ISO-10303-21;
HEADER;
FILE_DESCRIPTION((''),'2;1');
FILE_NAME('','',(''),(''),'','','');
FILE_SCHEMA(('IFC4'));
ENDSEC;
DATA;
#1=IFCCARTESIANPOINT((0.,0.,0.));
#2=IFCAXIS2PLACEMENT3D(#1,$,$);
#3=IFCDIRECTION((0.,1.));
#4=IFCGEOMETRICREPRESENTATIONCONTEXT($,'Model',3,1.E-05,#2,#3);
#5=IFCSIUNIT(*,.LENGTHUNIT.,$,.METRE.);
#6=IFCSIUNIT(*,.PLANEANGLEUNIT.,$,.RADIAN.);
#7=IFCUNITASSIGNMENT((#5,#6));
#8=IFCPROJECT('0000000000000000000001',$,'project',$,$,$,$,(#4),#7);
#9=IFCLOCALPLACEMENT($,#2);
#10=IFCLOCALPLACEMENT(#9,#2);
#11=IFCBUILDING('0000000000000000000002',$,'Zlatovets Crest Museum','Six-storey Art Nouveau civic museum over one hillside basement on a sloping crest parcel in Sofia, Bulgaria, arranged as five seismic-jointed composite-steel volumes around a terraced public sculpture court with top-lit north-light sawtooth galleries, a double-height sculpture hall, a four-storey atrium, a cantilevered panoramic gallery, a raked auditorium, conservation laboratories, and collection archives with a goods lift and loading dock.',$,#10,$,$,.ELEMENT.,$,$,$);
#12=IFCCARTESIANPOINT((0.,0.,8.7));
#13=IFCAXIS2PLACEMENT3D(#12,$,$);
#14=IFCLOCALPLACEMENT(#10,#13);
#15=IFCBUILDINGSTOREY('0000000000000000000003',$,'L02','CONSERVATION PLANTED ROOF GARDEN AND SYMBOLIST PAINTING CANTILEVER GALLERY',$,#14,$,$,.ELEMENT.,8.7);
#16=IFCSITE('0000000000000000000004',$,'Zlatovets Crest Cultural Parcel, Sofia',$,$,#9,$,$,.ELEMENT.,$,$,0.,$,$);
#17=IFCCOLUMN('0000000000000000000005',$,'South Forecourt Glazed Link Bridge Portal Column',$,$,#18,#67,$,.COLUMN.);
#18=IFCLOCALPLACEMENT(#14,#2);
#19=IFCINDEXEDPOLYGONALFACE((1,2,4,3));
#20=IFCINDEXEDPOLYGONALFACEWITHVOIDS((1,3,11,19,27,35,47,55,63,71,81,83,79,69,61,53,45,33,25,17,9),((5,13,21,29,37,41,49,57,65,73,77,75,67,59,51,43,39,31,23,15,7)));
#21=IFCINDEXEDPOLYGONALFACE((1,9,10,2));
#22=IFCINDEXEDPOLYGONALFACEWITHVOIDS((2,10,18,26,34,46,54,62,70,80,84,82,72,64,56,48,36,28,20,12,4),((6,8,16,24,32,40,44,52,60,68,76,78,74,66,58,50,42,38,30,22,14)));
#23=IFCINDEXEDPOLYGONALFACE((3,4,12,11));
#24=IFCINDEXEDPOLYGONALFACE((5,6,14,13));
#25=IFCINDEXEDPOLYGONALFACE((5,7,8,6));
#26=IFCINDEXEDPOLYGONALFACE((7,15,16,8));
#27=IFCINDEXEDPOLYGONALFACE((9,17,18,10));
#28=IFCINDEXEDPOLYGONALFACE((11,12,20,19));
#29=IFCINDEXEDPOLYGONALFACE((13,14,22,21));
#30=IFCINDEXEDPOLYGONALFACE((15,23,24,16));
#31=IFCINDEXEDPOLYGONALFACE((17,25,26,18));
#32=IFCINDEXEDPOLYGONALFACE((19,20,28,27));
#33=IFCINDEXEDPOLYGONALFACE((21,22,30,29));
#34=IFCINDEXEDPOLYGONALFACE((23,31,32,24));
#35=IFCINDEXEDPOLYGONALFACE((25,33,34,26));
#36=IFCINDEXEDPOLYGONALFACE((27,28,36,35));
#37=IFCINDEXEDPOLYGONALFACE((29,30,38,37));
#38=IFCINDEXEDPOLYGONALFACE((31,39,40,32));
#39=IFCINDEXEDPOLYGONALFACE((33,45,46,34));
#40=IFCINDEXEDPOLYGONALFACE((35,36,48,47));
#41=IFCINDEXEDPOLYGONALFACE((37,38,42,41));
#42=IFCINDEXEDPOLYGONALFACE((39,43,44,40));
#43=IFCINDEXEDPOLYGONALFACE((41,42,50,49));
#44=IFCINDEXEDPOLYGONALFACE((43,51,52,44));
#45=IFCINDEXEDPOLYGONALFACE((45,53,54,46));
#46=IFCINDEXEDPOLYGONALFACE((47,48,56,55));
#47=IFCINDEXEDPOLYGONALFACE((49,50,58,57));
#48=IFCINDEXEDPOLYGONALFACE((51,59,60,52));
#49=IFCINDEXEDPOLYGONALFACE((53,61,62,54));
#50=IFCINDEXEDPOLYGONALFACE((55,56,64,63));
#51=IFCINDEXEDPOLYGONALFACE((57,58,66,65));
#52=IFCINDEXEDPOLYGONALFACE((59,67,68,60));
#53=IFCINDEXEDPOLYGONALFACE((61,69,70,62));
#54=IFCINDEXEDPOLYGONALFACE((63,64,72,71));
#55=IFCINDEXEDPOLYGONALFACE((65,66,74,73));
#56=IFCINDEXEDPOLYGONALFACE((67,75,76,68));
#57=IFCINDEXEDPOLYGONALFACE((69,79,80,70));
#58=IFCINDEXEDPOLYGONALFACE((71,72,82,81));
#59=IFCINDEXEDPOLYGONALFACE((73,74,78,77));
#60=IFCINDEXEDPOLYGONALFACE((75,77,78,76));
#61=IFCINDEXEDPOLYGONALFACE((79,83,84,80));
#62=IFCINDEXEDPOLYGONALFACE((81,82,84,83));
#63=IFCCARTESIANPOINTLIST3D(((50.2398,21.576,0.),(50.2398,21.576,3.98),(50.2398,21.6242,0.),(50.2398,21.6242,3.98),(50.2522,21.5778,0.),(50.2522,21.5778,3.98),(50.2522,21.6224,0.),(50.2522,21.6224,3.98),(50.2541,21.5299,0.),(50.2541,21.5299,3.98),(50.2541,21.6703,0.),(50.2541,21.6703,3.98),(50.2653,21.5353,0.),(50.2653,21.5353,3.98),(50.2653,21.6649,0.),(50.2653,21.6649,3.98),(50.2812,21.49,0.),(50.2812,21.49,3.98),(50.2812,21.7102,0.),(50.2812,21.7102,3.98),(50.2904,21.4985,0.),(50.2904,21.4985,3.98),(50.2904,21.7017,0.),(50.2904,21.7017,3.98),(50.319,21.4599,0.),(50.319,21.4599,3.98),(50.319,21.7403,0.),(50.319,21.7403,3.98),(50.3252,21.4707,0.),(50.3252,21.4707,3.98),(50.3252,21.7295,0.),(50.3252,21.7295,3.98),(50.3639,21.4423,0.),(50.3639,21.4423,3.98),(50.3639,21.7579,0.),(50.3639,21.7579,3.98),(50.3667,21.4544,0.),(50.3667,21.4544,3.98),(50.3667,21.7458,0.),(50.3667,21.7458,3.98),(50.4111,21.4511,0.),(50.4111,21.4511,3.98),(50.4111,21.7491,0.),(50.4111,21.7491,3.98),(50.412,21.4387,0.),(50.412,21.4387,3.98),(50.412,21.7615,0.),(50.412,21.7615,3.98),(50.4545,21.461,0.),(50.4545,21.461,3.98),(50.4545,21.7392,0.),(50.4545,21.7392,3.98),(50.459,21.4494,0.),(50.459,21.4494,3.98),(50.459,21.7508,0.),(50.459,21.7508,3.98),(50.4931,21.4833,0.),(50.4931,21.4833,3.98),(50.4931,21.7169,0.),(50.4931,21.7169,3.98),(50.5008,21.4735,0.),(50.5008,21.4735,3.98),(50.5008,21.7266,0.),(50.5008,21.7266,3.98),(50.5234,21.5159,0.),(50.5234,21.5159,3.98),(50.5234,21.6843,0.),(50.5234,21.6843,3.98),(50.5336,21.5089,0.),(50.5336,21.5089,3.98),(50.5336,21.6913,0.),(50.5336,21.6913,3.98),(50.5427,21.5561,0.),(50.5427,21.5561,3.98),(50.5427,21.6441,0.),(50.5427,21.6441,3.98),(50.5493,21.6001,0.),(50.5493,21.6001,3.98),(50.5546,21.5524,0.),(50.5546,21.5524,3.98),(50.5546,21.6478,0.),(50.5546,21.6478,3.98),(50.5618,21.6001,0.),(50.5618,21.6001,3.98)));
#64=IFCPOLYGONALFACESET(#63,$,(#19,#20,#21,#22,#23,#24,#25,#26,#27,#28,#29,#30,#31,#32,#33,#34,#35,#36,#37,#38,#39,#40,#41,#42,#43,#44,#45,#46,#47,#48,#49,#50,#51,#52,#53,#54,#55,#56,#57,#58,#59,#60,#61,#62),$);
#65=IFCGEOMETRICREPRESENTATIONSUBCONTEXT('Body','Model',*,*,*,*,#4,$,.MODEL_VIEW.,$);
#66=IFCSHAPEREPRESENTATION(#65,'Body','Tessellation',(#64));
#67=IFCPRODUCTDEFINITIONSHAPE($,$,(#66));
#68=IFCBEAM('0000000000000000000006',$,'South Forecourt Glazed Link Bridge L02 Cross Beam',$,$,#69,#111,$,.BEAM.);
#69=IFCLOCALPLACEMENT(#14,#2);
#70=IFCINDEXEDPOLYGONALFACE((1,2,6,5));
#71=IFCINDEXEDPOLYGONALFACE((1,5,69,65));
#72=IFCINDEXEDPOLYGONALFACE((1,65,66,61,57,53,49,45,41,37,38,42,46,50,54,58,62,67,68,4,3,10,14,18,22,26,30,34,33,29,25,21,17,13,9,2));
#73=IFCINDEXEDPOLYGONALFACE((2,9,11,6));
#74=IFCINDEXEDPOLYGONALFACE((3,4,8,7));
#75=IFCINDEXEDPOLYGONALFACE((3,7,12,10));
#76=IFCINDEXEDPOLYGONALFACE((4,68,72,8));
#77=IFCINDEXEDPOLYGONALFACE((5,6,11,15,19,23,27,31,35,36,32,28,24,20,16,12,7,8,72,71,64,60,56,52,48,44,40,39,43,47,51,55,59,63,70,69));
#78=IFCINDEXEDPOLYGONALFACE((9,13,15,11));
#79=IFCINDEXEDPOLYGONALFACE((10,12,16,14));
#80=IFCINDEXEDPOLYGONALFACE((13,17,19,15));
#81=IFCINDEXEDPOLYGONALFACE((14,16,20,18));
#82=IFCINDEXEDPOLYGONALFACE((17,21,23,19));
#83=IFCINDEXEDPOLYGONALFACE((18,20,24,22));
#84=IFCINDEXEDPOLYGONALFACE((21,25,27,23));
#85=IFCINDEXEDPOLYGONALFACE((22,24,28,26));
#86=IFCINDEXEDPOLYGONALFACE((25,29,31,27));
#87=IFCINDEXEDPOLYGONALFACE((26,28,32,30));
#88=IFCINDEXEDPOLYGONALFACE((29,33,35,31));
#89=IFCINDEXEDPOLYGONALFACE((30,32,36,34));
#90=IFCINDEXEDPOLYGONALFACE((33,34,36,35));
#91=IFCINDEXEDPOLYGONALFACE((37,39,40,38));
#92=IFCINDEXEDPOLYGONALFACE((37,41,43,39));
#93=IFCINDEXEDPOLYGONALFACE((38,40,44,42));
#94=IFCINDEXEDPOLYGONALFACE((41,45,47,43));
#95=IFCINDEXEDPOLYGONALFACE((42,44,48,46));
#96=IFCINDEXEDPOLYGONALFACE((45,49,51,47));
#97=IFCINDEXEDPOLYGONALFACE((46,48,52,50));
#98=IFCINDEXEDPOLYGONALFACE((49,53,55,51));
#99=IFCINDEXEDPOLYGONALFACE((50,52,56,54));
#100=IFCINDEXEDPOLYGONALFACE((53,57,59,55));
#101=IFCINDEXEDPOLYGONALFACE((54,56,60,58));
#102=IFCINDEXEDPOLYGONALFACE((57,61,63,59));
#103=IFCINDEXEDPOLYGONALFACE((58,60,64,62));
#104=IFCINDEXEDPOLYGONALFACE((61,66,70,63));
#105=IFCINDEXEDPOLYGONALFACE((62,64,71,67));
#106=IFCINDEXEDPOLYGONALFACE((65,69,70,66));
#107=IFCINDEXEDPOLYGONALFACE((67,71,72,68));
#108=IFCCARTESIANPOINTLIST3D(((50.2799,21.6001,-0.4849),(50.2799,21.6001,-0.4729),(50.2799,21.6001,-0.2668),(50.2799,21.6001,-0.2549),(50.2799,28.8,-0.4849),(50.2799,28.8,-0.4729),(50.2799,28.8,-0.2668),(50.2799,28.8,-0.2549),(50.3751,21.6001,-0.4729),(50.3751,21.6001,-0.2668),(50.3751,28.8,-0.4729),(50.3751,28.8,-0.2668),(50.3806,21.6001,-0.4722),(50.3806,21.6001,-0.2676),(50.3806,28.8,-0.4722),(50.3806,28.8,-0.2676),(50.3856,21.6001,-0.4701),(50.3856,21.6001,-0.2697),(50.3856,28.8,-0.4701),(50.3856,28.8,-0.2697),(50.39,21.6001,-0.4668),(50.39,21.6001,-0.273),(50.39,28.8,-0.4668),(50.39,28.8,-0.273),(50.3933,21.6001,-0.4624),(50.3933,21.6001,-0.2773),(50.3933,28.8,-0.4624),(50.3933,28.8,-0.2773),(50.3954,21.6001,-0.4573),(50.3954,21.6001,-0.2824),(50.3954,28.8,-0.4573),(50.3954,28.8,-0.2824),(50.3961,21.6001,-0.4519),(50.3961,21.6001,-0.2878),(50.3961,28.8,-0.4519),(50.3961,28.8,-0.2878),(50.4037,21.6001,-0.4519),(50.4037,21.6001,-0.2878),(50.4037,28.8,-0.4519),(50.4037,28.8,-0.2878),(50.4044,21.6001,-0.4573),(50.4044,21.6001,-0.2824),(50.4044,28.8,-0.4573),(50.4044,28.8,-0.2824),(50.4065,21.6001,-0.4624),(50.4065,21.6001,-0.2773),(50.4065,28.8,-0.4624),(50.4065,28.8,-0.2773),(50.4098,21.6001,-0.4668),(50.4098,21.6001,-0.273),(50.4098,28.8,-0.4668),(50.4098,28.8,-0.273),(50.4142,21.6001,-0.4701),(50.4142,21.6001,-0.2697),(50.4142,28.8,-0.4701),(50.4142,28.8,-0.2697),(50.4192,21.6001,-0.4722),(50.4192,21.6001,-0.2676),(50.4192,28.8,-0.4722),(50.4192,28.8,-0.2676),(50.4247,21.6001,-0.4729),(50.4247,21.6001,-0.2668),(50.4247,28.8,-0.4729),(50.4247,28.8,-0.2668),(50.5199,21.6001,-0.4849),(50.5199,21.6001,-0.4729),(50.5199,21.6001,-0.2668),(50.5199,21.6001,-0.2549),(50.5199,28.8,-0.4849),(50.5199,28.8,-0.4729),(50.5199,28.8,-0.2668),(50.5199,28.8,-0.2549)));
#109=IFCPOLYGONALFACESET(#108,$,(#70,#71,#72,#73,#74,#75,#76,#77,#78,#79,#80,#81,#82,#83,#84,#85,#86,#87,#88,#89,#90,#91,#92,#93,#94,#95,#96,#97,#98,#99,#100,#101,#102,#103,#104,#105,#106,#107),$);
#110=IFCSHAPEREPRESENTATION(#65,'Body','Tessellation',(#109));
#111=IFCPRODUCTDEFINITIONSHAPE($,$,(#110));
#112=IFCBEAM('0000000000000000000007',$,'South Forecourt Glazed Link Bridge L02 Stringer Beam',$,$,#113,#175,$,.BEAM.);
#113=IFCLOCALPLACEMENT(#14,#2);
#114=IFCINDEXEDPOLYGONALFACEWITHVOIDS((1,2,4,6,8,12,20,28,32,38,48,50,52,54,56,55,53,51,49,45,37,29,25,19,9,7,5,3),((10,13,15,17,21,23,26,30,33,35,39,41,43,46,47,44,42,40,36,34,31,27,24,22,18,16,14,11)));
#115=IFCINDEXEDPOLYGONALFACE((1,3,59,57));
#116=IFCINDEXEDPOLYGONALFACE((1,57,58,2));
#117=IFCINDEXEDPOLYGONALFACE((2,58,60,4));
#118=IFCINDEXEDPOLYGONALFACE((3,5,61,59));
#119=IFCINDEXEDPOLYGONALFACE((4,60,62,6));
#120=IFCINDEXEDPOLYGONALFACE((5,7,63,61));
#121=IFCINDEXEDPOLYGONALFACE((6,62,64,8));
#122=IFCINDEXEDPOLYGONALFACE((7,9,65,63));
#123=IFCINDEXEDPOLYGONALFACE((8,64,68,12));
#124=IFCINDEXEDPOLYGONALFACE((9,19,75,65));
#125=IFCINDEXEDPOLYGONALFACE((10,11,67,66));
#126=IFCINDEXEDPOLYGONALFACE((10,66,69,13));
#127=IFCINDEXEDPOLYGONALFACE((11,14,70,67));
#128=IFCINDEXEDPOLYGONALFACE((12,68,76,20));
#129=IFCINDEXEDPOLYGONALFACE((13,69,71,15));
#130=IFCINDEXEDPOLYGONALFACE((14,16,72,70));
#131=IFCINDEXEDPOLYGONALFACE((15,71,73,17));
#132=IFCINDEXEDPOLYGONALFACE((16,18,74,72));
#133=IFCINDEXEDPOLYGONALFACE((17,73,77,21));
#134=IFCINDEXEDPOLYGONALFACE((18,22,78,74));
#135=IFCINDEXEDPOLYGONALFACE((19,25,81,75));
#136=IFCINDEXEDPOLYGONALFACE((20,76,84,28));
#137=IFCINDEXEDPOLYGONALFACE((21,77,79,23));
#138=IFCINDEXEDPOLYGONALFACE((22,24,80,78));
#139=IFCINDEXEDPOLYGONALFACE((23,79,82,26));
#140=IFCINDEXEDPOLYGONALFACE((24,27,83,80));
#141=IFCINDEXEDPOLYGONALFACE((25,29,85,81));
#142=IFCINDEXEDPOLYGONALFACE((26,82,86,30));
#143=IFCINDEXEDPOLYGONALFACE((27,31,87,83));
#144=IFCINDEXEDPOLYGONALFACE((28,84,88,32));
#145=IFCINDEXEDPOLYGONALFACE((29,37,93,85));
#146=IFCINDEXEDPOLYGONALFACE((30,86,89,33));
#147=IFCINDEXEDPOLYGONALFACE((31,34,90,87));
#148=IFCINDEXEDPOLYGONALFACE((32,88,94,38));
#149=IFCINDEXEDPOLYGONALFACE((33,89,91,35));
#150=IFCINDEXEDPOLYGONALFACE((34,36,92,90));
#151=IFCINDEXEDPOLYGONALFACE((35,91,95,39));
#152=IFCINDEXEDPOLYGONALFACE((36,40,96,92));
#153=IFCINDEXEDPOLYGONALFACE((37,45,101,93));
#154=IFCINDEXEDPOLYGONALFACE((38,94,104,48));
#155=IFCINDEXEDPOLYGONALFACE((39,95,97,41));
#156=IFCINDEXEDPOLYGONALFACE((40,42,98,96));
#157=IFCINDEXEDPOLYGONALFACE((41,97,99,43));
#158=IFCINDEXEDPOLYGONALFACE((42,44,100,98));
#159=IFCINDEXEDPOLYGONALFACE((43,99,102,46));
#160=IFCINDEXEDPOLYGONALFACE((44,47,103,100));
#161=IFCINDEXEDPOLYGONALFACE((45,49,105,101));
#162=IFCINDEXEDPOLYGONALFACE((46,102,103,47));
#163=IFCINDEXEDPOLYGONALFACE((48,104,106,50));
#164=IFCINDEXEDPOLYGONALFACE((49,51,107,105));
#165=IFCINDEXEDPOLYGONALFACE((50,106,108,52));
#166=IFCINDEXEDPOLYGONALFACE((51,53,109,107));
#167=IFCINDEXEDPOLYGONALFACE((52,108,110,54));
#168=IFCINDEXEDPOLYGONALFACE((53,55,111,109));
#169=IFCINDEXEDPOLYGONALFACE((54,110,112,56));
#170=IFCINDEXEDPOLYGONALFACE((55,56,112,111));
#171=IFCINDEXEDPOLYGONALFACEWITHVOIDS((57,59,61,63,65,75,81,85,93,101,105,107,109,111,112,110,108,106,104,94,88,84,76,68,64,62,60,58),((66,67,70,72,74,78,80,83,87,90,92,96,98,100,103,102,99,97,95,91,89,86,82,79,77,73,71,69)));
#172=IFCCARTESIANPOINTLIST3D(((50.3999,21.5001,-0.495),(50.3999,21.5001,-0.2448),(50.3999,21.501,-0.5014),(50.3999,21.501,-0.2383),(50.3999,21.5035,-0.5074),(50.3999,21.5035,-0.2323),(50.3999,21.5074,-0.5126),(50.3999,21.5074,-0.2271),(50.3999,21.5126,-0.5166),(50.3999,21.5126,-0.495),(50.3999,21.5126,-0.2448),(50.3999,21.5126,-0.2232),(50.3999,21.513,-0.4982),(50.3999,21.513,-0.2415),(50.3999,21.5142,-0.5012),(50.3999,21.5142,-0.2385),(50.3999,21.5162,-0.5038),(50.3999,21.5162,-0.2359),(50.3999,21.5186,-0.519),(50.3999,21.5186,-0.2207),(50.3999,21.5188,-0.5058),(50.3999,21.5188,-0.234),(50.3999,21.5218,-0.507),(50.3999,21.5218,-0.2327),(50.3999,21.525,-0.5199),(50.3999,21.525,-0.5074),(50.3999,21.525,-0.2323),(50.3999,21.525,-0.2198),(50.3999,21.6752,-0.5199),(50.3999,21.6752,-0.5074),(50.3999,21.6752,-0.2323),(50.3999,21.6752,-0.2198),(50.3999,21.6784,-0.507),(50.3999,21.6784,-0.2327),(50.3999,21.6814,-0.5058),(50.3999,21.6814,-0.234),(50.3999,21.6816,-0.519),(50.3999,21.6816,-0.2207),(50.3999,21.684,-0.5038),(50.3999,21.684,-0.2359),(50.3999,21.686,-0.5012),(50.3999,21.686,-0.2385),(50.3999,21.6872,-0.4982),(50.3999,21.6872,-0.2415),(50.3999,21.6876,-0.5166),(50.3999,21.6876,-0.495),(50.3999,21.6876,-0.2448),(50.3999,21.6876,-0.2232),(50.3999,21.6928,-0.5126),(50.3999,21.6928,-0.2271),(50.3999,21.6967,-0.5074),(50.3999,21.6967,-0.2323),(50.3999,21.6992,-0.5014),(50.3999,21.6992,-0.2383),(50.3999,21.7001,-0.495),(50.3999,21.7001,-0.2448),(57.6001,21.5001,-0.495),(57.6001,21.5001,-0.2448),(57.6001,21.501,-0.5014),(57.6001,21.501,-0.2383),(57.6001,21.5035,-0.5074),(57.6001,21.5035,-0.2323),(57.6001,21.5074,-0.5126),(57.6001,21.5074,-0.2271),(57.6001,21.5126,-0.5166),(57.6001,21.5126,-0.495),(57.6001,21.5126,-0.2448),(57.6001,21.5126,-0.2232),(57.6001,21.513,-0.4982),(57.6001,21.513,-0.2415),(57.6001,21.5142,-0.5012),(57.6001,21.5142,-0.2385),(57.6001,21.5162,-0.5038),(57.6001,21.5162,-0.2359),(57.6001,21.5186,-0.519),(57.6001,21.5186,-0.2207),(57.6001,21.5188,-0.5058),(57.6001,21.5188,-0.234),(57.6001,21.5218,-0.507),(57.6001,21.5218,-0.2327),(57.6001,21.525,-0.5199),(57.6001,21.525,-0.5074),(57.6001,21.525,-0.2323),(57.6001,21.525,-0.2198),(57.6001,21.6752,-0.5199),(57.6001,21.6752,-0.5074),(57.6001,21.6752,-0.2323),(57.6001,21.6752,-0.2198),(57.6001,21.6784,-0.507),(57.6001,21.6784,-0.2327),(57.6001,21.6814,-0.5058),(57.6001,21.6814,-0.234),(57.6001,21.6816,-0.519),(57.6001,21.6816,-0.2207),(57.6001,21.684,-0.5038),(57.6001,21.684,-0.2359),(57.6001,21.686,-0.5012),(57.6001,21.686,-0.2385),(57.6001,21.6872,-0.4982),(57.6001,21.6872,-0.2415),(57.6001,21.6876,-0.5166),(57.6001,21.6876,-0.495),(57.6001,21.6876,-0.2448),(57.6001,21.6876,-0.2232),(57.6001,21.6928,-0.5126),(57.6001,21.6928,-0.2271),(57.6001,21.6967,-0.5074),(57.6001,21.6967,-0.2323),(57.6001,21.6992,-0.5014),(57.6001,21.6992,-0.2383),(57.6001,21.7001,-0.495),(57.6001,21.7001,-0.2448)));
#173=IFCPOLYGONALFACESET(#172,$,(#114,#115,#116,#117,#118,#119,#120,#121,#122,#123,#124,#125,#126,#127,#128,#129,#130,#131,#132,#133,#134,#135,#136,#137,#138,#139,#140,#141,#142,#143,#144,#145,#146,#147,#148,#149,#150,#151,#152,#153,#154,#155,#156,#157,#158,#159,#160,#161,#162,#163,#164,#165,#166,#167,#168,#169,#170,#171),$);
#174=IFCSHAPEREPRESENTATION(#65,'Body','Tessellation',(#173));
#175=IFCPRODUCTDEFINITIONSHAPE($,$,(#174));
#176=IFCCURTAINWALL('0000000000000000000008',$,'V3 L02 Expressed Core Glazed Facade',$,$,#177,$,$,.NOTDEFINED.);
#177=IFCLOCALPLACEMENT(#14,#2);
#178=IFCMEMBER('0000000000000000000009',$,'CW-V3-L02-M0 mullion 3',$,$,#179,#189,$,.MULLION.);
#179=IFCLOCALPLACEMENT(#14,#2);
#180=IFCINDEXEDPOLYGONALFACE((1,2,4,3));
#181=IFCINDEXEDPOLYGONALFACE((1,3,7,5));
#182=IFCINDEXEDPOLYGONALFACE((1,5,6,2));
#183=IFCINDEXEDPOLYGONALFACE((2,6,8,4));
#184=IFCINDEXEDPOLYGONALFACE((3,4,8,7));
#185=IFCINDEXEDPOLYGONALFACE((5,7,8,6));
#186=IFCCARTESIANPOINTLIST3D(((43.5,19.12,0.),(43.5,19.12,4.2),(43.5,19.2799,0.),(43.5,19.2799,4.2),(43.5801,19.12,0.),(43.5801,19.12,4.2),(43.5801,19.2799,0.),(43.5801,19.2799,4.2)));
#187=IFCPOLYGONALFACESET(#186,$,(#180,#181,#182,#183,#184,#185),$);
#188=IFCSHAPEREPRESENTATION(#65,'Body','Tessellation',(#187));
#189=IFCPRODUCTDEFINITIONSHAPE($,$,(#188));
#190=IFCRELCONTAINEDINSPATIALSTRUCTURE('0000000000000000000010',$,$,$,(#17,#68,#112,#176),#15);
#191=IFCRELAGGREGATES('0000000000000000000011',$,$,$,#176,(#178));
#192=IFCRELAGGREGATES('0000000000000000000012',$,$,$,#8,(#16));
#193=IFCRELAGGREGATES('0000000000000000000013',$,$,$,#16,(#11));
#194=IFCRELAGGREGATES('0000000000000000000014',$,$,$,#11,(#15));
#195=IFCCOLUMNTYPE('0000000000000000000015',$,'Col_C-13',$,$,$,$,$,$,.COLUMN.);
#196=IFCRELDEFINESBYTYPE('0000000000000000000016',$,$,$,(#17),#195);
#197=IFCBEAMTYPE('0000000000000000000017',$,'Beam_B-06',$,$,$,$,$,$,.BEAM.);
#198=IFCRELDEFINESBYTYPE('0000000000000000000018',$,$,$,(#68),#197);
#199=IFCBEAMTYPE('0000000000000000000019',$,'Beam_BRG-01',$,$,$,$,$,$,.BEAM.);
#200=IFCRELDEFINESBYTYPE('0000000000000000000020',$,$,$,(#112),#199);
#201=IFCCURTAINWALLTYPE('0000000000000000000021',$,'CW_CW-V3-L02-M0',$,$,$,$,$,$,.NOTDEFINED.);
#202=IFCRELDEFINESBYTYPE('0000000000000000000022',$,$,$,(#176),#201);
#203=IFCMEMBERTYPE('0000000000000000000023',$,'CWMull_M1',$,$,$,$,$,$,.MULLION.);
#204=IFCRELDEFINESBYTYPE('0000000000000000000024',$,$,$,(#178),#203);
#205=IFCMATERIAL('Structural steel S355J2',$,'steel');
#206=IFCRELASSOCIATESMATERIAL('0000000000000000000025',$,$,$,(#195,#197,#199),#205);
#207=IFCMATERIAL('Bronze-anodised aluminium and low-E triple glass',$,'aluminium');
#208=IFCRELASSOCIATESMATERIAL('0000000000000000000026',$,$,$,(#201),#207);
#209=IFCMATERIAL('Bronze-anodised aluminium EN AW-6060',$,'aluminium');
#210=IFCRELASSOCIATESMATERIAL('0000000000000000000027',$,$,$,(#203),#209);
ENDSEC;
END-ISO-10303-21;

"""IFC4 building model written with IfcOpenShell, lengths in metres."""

from ifc_helpers import new_model, si_unit, direction, frame, origin, origin_2d, place, context, subcontext, project, spatial, rectangle, hollow_rectangle, hollow_circle, i_section, extrude, material, material_profile, profile_set, type_object, element, aggregate, save


model = new_model("IFC4")

# Units and contexts
model_context = context("Model", 3, precision=1e-05, world=origin(), true_north=direction((0.0, 1.0)))
body_context = subcontext(model_context, "Body", "Model", "MODEL_VIEW")
ifc_project = project(units=[si_unit("LENGTHUNIT", "METRE"), si_unit("PLANEANGLEUNIT", "RADIAN")], contexts=[model_context])

# Site, building, storey
site_placement = place(None, origin())
site = spatial("IfcSite", under=ifc_project, at=site_placement, Name="Zlatovets Crest Cultural Parcel, Sofia", CompositionType="ELEMENT", RefElevation=0.0)
building_placement = place(site_placement, origin())
building = spatial("IfcBuilding", under=site, at=building_placement, Name="Zlatovets Crest Museum", Description="Six-storey Art Nouveau civic museum over one hillside basement on a sloping crest parcel in Sofia, Bulgaria, arranged as five seismic-jointed composite-steel volumes around a terraced public sculpture court with top-lit north-light sawtooth galleries, a double-height sculpture hall, a four-storey atrium, a cantilevered panoramic gallery, a raked auditorium, conservation laboratories, and collection archives with a goods lift and loading dock.", CompositionType="ELEMENT")
storey_placement = place(building_placement, frame((0.0, 0.0, 8.7)))
storey = spatial("IfcBuildingStorey", under=building, at=storey_placement, Name="L02", Description="CONSERVATION PLANTED ROOF GARDEN AND SYMBOLIST PAINTING CANTILEVER GALLERY", CompositionType="ELEMENT", Elevation=8.7)

# Column
ifc_material_1 = material(Name="Structural steel S355J2", Category="steel")
ifc_material_profile_1 = material_profile(ifc_material_1, hollow_circle(Radius=0.1619, WallThickness=0.0125, at=origin_2d()), Name="CHS 323.9x12.5")
ifc_profile_set_1 = profile_set([ifc_material_profile_1], Name="Structural steel S355J2")
column_type = type_object("IfcColumnType", Name="Col_C-13", PredefinedType="COLUMN", material=ifc_profile_set_1)
column_placement = place(storey_placement, frame((50.3999, 21.6001, 0.0), z_axis=(0.0, 0.0, 1.0), x_axis=(1.0, 0.0, 0.0)))
element("IfcColumn", 1, at=column_placement, inside=storey, type_object=column_type, Name="South Forecourt Glazed Link Bridge Portal Column", PredefinedType="COLUMN", context=body_context, shape_type="SweptSolid", body=[
    extrude(hollow_circle(Radius=0.1619, WallThickness=0.0125, at=origin_2d()), origin(), (0.0, 0.0, 1.0), 3.98),
])

# Beams
ifc_material_profile_2 = material_profile(ifc_material_1, i_section(OverallWidth=0.24, OverallDepth=0.23, WebThickness=0.0076, FlangeThickness=0.012, FilletRadius=0.021, at=origin_2d()), Name="HEA 240")
ifc_profile_set_2 = profile_set([ifc_material_profile_2], Name="Structural steel S355J2")
beam_type_1 = type_object("IfcBeamType", Name="Beam_B-06", PredefinedType="BEAM", material=ifc_profile_set_2)
beam_1_placement = place(storey_placement, frame((50.3999, 21.6001, -0.3699), z_axis=(0.0, 1.0, 0.0), x_axis=(-1.0, 0.0, 0.0)))
element("IfcBeam", 2, at=beam_1_placement, inside=storey, type_object=beam_type_1, Name="South Forecourt Glazed Link Bridge L02 Cross Beam", PredefinedType="BEAM", context=body_context, shape_type="SweptSolid", body=[
    extrude(i_section(OverallWidth=0.24, OverallDepth=0.23, WebThickness=0.0076, FlangeThickness=0.012, FilletRadius=0.021, at=origin_2d()), origin(), (0.0, 0.0, 1.0), 7.2),
])
ifc_material_profile_3 = material_profile(ifc_material_1, hollow_rectangle(XDim=0.2, YDim=0.3, WallThickness=0.0125, InnerFilletRadius=0.0125, OuterFilletRadius=0.0249, at=origin_2d()), Name="RHS 200x300x12.5")
ifc_profile_set_3 = profile_set([ifc_material_profile_3], Name="Structural steel S355J2")
beam_type_2 = type_object("IfcBeamType", Name="Beam_BRG-01", PredefinedType="BEAM", material=ifc_profile_set_3)
beam_2_placement = place(storey_placement, frame((50.3999, 21.6001, -0.3699), z_axis=(1.0, 0.0, 0.0), x_axis=(0.0, 1.0, 0.0)))
element("IfcBeam", 3, at=beam_2_placement, inside=storey, type_object=beam_type_2, Name="South Forecourt Glazed Link Bridge L02 Stringer Beam", PredefinedType="BEAM", context=body_context, shape_type="SweptSolid", body=[
    extrude(hollow_rectangle(XDim=0.2, YDim=0.3, WallThickness=0.0125, InnerFilletRadius=0.0125, OuterFilletRadius=0.0249, at=origin_2d()), origin(), (0.0, 0.0, 1.0), 7.2002),
])

# Curtain wall, member
ifc_material_2 = material(Name="Bronze-anodised aluminium and low-E triple glass", Category="aluminium")
curtain_wall_type_1 = type_object("IfcCurtainWallType", Name="CW_CW-V3-L02-M0", PredefinedType="NOTDEFINED", material=ifc_material_2)
curtain_wall_1_placement = place(storey_placement, origin())
curtain_wall_1 = element("IfcCurtainWall", 4, at=curtain_wall_1_placement, inside=storey, type_object=curtain_wall_type_1, Name="V3 L02 Expressed Core Glazed Facade", PredefinedType="NOTDEFINED")
ifc_material_3 = material(Name="Bronze-anodised aluminium EN AW-6060", Category="aluminium")
ifc_material_profile_4 = material_profile(ifc_material_3, rectangle(XDim=0.0801, YDim=0.1599, at=origin_2d()), Name="ALU 80x160")
ifc_profile_set_4 = profile_set([ifc_material_profile_4], Name="Bronze-anodised aluminium EN AW-6060")
member_type_1 = type_object("IfcMemberType", Name="CWMull_M1", PredefinedType="MULLION", material=ifc_profile_set_4)
member_1_placement = place(storey_placement, frame((43.54, 19.2, 0.0), z_axis=(0.0, 0.0, 1.0), x_axis=(-1.0, 0.0, 0.0)))
member_1 = element("IfcMember", 5, at=member_1_placement, type_object=member_type_1, Name="CW-V3-L02-M0 mullion 3", PredefinedType="MULLION", context=body_context, shape_type="SweptSolid", body=[
    extrude(rectangle(XDim=0.0801, YDim=0.1599, at=origin_2d()), origin(), (0.0, 0.0, 1.0), 4.2),
])

aggregate(curtain_wall_1, [member_1])

save(model, "model.ifc")
